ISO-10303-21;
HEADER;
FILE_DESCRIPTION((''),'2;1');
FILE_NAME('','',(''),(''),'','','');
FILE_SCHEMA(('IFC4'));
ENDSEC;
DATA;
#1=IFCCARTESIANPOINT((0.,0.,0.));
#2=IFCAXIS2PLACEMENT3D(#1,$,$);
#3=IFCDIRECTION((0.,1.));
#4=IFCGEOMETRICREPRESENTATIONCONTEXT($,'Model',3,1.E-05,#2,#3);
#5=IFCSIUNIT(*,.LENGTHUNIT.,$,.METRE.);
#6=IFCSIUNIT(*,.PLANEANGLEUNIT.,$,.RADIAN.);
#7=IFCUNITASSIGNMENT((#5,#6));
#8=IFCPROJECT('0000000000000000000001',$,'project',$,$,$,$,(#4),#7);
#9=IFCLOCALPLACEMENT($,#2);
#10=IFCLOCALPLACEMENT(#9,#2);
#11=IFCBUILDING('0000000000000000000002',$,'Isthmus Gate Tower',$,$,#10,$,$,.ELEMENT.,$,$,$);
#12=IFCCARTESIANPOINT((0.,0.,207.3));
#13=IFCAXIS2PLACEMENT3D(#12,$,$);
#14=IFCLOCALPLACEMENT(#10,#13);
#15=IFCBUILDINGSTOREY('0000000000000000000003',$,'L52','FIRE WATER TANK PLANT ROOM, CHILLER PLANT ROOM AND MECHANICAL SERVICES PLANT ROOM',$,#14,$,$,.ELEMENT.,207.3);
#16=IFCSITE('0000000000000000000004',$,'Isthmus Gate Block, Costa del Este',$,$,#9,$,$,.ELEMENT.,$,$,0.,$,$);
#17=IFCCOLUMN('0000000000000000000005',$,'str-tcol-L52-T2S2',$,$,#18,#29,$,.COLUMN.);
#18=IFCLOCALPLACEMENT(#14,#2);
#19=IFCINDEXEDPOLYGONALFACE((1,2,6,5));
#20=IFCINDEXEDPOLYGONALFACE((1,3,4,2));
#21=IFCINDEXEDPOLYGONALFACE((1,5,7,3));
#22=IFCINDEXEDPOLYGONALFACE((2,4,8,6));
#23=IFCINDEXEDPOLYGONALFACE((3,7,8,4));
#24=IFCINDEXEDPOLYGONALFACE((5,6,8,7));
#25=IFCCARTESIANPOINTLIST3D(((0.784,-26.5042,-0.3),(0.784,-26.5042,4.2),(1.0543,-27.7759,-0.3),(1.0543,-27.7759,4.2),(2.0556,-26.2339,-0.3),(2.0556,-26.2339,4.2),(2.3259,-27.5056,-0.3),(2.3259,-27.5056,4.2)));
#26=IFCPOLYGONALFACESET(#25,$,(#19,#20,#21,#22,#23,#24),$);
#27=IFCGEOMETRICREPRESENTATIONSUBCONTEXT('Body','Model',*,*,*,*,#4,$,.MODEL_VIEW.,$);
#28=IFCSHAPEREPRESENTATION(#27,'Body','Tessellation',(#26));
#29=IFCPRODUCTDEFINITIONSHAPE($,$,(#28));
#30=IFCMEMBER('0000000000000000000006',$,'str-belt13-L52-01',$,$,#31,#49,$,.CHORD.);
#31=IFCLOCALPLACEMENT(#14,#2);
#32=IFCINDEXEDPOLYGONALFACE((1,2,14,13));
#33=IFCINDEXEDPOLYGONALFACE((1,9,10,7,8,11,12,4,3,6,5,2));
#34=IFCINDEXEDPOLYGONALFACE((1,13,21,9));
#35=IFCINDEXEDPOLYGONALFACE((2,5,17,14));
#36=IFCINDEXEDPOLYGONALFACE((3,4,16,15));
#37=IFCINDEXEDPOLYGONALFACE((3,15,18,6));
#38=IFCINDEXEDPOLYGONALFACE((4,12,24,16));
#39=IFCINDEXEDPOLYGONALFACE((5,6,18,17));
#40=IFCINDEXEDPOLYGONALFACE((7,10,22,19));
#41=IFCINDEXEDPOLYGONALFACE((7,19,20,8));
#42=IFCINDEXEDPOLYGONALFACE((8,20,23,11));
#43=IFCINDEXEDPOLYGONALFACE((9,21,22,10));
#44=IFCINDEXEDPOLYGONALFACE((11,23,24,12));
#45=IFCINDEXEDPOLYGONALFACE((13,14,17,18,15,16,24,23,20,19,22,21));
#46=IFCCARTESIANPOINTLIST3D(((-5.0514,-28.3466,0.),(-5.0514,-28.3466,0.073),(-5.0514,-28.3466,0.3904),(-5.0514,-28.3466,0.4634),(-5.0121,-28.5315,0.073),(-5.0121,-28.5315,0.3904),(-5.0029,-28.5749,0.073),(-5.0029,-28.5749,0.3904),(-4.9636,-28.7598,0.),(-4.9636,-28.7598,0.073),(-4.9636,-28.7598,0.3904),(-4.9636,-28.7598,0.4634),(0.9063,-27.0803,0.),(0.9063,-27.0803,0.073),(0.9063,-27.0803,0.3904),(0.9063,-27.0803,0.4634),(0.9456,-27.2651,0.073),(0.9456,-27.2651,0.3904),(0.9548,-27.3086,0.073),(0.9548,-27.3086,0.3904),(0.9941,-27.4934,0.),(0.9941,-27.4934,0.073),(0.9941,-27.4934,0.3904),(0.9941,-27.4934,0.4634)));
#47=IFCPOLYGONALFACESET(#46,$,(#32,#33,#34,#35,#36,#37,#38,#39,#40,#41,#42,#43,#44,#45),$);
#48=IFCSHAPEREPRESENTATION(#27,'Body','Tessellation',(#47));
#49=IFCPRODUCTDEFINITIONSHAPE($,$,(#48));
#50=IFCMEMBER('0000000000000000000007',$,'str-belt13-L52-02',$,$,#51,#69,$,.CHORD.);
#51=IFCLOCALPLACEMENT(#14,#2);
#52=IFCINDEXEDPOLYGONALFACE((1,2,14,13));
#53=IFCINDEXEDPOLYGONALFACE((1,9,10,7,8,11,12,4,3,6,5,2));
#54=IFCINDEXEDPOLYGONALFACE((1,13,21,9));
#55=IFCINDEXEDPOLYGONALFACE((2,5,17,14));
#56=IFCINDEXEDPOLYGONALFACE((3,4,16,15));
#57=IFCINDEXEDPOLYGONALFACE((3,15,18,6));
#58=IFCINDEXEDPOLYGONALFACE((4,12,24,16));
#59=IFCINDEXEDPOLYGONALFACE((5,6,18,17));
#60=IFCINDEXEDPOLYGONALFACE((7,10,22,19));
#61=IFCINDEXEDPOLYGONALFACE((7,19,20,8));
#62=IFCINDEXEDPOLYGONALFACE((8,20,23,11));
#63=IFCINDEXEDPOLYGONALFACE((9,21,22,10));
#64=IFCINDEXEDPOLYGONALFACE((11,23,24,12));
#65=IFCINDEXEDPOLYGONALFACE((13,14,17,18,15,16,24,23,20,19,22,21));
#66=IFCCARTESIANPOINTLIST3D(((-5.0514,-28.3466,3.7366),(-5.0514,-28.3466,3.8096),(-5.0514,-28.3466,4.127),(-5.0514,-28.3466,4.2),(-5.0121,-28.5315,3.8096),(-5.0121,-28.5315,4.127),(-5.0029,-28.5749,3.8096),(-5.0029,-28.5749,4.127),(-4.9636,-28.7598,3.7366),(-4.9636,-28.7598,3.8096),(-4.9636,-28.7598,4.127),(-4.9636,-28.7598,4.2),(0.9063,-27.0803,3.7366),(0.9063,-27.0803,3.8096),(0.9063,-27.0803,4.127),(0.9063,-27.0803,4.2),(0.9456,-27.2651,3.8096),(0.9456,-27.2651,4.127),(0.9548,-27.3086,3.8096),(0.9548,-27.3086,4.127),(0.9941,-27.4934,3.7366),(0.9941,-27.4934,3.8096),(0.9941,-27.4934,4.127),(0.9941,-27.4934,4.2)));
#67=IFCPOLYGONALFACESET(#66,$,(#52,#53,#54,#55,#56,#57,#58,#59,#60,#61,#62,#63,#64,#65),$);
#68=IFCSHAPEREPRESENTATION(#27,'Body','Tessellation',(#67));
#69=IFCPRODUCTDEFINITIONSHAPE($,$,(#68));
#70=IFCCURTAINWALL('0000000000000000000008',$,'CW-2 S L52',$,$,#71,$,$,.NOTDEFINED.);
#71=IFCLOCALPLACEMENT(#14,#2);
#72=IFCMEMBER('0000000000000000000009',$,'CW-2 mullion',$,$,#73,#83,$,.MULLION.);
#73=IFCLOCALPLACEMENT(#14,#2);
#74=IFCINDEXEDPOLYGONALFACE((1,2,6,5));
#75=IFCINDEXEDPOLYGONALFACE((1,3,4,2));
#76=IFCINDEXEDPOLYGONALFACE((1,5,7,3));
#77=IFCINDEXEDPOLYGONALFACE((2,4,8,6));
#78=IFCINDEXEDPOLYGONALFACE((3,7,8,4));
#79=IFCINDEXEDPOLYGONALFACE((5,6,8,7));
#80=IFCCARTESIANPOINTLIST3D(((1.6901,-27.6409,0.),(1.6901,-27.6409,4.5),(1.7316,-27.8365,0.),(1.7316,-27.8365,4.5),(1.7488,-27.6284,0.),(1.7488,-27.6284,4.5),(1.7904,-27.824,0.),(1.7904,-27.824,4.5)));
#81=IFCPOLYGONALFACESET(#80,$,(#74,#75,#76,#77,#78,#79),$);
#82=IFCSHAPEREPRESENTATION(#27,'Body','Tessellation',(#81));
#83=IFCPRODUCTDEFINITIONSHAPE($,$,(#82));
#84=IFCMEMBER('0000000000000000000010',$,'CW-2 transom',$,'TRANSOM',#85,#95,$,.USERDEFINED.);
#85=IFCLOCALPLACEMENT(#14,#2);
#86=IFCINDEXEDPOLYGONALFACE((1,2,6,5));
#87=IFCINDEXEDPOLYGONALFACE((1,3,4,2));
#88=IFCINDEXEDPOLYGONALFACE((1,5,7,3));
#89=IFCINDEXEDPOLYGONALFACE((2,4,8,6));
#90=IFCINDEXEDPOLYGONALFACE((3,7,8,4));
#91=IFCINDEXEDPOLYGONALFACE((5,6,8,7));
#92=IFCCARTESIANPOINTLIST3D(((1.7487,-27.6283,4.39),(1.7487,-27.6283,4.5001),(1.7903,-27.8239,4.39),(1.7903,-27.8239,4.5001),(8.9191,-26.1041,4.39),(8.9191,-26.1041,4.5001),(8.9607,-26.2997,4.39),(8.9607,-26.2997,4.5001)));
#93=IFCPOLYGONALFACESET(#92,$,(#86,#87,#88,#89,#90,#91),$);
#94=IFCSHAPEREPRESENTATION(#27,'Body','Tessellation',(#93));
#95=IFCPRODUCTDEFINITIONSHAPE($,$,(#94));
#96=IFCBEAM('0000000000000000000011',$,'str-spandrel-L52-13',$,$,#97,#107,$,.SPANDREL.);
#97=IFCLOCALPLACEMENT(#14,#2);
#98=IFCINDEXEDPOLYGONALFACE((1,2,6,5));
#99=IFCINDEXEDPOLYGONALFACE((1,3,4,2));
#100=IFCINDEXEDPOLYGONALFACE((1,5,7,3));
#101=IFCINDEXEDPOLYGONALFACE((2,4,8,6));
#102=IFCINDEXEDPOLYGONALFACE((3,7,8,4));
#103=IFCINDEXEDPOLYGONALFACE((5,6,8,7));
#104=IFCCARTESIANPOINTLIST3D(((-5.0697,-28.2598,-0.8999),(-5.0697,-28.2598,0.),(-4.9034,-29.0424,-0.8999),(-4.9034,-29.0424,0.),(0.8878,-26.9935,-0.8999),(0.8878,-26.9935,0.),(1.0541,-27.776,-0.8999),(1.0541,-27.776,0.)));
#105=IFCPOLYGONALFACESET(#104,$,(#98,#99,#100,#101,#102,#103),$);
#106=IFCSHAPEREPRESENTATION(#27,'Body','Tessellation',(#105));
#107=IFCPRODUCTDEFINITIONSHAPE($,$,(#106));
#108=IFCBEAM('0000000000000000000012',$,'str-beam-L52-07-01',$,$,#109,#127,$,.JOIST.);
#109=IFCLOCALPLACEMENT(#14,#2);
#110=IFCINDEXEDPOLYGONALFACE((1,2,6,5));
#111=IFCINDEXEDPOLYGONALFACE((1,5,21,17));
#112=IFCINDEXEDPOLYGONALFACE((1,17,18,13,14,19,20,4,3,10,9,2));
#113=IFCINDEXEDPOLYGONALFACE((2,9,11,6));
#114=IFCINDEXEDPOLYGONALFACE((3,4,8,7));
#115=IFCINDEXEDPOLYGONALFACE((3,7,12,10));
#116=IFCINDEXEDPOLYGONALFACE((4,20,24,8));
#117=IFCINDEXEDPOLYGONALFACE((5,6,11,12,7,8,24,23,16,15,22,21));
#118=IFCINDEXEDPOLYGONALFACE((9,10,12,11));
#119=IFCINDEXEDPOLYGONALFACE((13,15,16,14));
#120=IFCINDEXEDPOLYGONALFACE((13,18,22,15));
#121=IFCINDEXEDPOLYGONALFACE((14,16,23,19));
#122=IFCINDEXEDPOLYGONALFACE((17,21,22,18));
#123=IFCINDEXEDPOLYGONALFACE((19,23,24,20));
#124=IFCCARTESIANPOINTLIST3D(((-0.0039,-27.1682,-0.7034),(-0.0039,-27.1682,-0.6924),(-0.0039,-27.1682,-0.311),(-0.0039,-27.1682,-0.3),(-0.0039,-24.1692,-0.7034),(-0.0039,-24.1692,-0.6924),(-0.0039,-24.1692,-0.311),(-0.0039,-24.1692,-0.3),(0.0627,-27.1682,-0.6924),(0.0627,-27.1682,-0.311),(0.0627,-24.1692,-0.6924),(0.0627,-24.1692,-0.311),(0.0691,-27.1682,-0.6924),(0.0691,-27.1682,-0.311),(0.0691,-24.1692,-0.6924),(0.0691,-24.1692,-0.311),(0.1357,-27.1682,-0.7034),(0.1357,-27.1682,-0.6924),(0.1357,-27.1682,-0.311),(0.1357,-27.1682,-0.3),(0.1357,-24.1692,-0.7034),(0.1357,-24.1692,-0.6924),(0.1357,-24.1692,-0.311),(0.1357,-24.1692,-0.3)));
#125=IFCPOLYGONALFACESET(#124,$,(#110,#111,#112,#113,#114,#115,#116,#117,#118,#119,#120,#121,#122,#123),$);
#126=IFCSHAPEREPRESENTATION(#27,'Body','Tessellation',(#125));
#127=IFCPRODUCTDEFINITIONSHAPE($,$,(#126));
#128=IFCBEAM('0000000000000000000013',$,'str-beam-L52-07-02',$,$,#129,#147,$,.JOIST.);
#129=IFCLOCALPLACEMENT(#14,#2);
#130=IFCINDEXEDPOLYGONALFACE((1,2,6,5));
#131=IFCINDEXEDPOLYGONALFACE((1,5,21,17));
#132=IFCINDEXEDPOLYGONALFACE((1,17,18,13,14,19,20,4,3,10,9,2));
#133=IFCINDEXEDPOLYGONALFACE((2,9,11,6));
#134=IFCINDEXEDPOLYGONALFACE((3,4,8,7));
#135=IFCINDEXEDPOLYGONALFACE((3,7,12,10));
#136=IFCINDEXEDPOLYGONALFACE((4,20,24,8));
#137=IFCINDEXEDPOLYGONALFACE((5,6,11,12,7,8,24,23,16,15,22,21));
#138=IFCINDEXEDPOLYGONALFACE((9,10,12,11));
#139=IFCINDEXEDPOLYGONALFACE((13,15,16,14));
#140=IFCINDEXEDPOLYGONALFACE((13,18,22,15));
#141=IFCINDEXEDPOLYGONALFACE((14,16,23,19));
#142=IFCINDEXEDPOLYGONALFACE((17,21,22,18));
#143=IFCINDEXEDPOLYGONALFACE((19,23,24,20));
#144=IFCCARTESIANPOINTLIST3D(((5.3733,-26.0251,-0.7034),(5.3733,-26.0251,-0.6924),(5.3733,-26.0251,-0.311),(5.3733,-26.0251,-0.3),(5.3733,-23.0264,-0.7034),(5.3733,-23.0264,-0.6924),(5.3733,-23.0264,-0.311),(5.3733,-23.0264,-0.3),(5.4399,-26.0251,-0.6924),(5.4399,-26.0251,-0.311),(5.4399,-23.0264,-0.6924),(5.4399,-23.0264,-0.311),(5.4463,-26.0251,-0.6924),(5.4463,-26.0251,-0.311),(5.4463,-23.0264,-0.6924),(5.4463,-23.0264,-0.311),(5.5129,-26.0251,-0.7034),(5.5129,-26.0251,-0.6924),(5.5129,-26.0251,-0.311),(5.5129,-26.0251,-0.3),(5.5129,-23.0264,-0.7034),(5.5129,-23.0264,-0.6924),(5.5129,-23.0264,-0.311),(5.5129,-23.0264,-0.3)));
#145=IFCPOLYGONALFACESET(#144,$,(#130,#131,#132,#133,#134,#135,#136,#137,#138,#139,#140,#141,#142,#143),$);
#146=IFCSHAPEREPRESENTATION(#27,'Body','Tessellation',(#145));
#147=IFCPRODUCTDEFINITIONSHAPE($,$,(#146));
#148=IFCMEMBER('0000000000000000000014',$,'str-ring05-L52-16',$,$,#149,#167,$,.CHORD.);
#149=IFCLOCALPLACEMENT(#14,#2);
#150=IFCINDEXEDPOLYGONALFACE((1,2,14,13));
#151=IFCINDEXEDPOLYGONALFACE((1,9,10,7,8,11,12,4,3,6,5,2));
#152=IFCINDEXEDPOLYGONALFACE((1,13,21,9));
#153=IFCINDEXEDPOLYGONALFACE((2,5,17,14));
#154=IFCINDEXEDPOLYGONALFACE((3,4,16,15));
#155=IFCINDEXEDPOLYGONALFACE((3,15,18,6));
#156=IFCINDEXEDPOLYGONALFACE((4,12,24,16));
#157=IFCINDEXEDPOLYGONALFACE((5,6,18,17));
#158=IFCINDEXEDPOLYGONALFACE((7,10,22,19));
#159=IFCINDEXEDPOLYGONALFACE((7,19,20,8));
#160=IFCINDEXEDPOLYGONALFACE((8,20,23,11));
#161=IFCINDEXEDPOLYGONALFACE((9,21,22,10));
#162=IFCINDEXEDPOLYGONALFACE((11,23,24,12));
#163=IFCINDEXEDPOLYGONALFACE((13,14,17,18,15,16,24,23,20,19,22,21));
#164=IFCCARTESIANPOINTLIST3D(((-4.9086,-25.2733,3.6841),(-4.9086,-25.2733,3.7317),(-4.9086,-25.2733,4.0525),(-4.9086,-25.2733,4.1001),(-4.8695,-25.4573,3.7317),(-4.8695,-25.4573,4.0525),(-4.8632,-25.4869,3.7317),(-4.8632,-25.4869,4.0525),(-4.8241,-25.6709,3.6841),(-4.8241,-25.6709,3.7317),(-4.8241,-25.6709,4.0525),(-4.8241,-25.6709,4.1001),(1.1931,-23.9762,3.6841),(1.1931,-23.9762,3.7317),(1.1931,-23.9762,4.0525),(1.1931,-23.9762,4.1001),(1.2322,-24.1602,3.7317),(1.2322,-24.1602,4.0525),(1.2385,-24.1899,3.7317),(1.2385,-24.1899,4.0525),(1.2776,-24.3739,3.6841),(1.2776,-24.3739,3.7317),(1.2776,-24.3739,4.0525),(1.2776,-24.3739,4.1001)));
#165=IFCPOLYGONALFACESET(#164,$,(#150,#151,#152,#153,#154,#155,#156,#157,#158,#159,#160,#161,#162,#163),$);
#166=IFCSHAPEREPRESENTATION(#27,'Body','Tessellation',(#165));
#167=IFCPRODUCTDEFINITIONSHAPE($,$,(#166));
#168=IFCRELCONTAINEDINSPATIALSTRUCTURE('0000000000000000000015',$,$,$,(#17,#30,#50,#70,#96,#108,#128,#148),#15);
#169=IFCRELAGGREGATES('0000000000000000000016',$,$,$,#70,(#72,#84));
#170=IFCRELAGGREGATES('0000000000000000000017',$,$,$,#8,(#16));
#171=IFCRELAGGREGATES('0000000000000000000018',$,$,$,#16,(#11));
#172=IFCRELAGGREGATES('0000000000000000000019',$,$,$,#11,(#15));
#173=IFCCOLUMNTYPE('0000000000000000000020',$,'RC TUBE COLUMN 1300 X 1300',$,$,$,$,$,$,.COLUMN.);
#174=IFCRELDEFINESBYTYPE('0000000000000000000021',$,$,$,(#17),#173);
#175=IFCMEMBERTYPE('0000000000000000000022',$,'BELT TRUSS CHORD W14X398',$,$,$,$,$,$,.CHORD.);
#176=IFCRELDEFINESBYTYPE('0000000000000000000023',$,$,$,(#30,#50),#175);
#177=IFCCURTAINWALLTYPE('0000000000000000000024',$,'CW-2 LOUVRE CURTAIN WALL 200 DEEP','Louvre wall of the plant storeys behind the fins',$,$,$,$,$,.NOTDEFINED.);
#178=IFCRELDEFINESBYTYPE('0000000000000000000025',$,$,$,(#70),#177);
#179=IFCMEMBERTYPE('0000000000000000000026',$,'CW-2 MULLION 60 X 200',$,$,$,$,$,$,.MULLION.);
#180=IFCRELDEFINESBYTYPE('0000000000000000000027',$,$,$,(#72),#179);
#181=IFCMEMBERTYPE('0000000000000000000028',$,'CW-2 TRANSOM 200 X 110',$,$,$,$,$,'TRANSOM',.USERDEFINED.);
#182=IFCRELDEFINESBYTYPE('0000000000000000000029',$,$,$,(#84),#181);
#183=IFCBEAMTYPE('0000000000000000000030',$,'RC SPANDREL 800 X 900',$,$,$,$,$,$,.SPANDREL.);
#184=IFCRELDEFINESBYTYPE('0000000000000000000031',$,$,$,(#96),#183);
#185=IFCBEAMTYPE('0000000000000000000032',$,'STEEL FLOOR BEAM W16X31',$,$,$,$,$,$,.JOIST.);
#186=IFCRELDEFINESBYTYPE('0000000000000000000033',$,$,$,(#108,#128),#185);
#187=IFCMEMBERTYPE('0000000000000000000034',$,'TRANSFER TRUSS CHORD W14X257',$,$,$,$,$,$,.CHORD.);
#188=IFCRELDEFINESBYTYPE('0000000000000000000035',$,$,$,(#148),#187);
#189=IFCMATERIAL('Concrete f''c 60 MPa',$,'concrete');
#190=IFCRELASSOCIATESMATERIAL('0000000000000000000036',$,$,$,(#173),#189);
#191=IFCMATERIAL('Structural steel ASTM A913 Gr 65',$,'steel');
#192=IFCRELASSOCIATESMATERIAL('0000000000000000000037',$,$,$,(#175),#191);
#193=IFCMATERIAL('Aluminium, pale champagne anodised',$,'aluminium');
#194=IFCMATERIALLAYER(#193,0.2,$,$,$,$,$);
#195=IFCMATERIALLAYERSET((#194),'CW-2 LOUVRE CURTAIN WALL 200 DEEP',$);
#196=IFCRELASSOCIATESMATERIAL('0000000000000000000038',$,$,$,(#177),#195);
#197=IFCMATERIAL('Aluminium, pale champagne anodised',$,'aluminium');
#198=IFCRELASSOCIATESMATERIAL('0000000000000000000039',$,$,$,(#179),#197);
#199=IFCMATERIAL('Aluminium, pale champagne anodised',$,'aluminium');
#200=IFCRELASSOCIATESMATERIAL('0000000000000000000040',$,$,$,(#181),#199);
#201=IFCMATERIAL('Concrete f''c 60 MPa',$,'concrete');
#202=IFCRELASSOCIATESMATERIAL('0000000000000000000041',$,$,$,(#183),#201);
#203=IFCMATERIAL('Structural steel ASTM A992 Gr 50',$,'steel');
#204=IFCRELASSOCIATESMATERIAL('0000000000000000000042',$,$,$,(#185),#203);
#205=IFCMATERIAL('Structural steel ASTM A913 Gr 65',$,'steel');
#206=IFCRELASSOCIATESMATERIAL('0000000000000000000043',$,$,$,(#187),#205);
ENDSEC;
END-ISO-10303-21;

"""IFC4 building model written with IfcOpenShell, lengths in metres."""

from ifc_helpers import new_model, si_unit, direction, frame, origin, origin_2d, place, context, subcontext, project, spatial, rectangle, i_section, extrude, material, layer, layer_set, material_profile, profile_set, type_object, element, aggregate, save


model = new_model("IFC4")

# Units and contexts
model_context = context("Model", 3, precision=1e-05, world=origin(), true_north=direction((0.0, 1.0)))
body_context = subcontext(model_context, "Body", "Model", "MODEL_VIEW")
ifc_project = project(units=[si_unit("LENGTHUNIT", "METRE"), si_unit("PLANEANGLEUNIT", "RADIAN")], contexts=[model_context])

# Site, building, storey
site_placement = place(None, origin())
site = spatial("IfcSite", under=ifc_project, at=site_placement, Name="Isthmus Gate Block, Costa del Este", CompositionType="ELEMENT", RefElevation=0.0)
building_placement = place(site_placement, origin())
building = spatial("IfcBuilding", under=site, at=building_placement, Name="Isthmus Gate Tower", CompositionType="ELEMENT")
storey_placement = place(building_placement, frame((0.0, 0.0, 207.3)))
storey = spatial("IfcBuildingStorey", under=building, at=storey_placement, Name="L52", Description="FIRE WATER TANK PLANT ROOM, CHILLER PLANT ROOM AND MECHANICAL SERVICES PLANT ROOM", CompositionType="ELEMENT", Elevation=207.3)

# Column
ifc_material_1 = material(Name="Concrete f'c 60 MPa", Category="concrete")
ifc_material_profile_1 = material_profile(ifc_material_1, rectangle(XDim=1.3, YDim=1.3, at=origin_2d()), Name="RC 1300X1300")
ifc_profile_set_1 = profile_set([ifc_material_profile_1], Name="Concrete f'c 60 MPa")
column_type = type_object("IfcColumnType", Name="RC TUBE COLUMN 1300 X 1300", PredefinedType="COLUMN", material=ifc_profile_set_1)
column_placement = place(storey_placement, frame((1.5549, -27.0049, -0.3), z_axis=(0.0, 0.0, 1.0), x_axis=(0.978148, 0.207912, 0.0)))
element("IfcColumn", 1, at=column_placement, inside=storey, type_object=column_type, Name="str-tcol-L52-T2S2", PredefinedType="COLUMN", context=body_context, shape_type="SweptSolid", body=[
    extrude(rectangle(XDim=1.3, YDim=1.3, at=origin_2d()), origin(), (0.0, 0.0, 1.0), 4.5),
])

# Members
ifc_material_2 = material(Name="Structural steel ASTM A913 Gr 65", Category="steel")
ifc_material_profile_2 = material_profile(ifc_material_2, i_section(OverallWidth=0.4224, OverallDepth=0.4634, WebThickness=0.0444, FlangeThickness=0.073, at=origin_2d()), Name="W14X398")
ifc_profile_set_2 = profile_set([ifc_material_profile_2], Name="Structural steel ASTM A913 Gr 65")
member_type_1 = type_object("IfcMemberType", Name="BELT TRUSS CHORD W14X398", PredefinedType="CHORD", material=ifc_profile_set_2)
for number, where, z_axis, x_axis, name in (
    (2, (0.9502, -27.2869, 0.2317), (-0.978148, -0.207911, 0.0), (0.207911, -0.978148, 0.0), "str-belt13-L52-01"),
    (3, (0.9502, -27.2869, 3.9683), (-0.978148, -0.207911, 0.0), (0.207911, -0.978148, 0.0), "str-belt13-L52-02"),
):
    element("IfcMember", number, at=place(storey_placement, frame(where, z_axis=z_axis, x_axis=x_axis)), inside=storey, type_object=member_type_1, Name=name, PredefinedType="CHORD", context=body_context, shape_type="SweptSolid", body=[
        extrude(i_section(OverallWidth=0.4224, OverallDepth=0.4634, WebThickness=0.0444, FlangeThickness=0.073, at=origin_2d()), origin(), (0.0, 0.0, 1.0), 6.0908),
    ])

# Curtain wall, members
ifc_material_3 = material(Name="Aluminium, pale champagne anodised", Category="aluminium")
ifc_layer_1 = layer(ifc_material_3, 0.2)
ifc_layer_set_1 = layer_set([ifc_layer_1], Name="CW-2 LOUVRE CURTAIN WALL 200 DEEP")
curtain_wall_type = type_object("IfcCurtainWallType", Name="CW-2 LOUVRE CURTAIN WALL 200 DEEP", Description="Louvre wall of the plant storeys behind the fins", PredefinedType="NOTDEFINED", material=ifc_layer_set_1)
curtain_wall_placement = place(storey_placement, origin())
curtain_wall = element("IfcCurtainWall", 4, at=curtain_wall_placement, inside=storey, type_object=curtain_wall_type, Name="CW-2 S L52", PredefinedType="NOTDEFINED")
ifc_material_4 = material(Name="Aluminium, pale champagne anodised", Category="aluminium")
ifc_material_profile_3 = material_profile(ifc_material_4, rectangle(XDim=0.0601, YDim=0.2, at=origin_2d()), Name="60x200")
ifc_profile_set_3 = profile_set([ifc_material_profile_3], Name="Aluminium, pale champagne anodised")
member_type_2 = type_object("IfcMemberType", Name="CW-2 MULLION 60 X 200", PredefinedType="MULLION", material=ifc_profile_set_3)
member_1_placement = place(storey_placement, frame((1.7402, -27.7324, 0.0), z_axis=(0.0, 0.0, 1.0), x_axis=(0.978148, 0.207912, 0.0)))
member_1 = element("IfcMember", 5, at=member_1_placement, type_object=member_type_2, Name="CW-2 mullion", PredefinedType="MULLION", context=body_context, shape_type="SweptSolid", body=[
    extrude(rectangle(XDim=0.0601, YDim=0.2, at=origin_2d()), origin(), (0.0, 0.0, 1.0), 4.5),
])
ifc_material_5 = material(Name="Aluminium, pale champagne anodised", Category="aluminium")
ifc_material_profile_4 = material_profile(ifc_material_5, rectangle(XDim=0.2, YDim=0.1101, at=origin_2d()), Name="200x110")
ifc_profile_set_4 = profile_set([ifc_material_profile_4], Name="Aluminium, pale champagne anodised")
member_type_3 = type_object("IfcMemberType", Name="CW-2 TRANSOM 200 X 110", ElementType="TRANSOM", PredefinedType="USERDEFINED", material=ifc_profile_set_4)
member_2_placement = place(storey_placement, frame((1.7695, -27.7261, 4.4451), z_axis=(0.978146, 0.207919, 0.0), x_axis=(-0.207919, 0.978146, 0.0)))
member_2 = element("IfcMember", 6, at=member_2_placement, type_object=member_type_3, Name="CW-2 transom", ObjectType="TRANSOM", PredefinedType="USERDEFINED", context=body_context, shape_type="SweptSolid", body=[
    extrude(rectangle(XDim=0.2, YDim=0.1101, at=origin_2d()), origin(), (0.0, 0.0, 1.0), 7.3306),
])

# Beams
ifc_material_6 = material(Name="Concrete f'c 60 MPa", Category="concrete")
ifc_material_profile_5 = material_profile(ifc_material_6, rectangle(XDim=0.8, YDim=0.8999, at=origin_2d()), Name="RC 800X900")
ifc_profile_set_5 = profile_set([ifc_material_profile_5], Name="Concrete f'c 60 MPa")
beam_type_1 = type_object("IfcBeamType", Name="RC SPANDREL 800 X 900", PredefinedType="SPANDREL", material=ifc_profile_set_5)
beam_1_placement = place(storey_placement, frame((0.9709, -27.3848, -0.45), z_axis=(-0.978146, -0.207919, 0.0), x_axis=(0.207919, -0.978146, 0.0)))
element("IfcBeam", 7, at=beam_1_placement, inside=storey, type_object=beam_type_1, Name="str-spandrel-L52-13", PredefinedType="SPANDREL", context=body_context, shape_type="SweptSolid", body=[
    extrude(rectangle(XDim=0.8, YDim=0.8999, at=origin_2d()), origin(), (0.0, 0.0, 1.0), 6.0906),
])
ifc_material_7 = material(Name="Structural steel ASTM A992 Gr 50", Category="steel")
ifc_material_profile_6 = material_profile(ifc_material_7, i_section(OverallWidth=0.1396, OverallDepth=0.4033, WebThickness=0.0063, FlangeThickness=0.011, at=origin_2d()), Name="W16X31")
ifc_profile_set_6 = profile_set([ifc_material_profile_6], Name="Structural steel ASTM A992 Gr 50")
beam_type_2 = type_object("IfcBeamType", Name="STEEL FLOOR BEAM W16X31", PredefinedType="JOIST", material=ifc_profile_set_6)
beam_2_placement = place(storey_placement, frame((0.0659, -27.1682, -0.5017), z_axis=(0.0, 1.0, 0.0), x_axis=(-1.0, 0.0, 0.0)))
element("IfcBeam", 8, at=beam_2_placement, inside=storey, type_object=beam_type_2, Name="str-beam-L52-07-01", PredefinedType="JOIST", context=body_context, shape_type="SweptSolid", body=[
    extrude(i_section(OverallWidth=0.1396, OverallDepth=0.4033, WebThickness=0.0063, FlangeThickness=0.011, at=origin_2d()), origin(), (0.0, 0.0, 1.0), 2.999),
])
beam_3_placement = place(storey_placement, frame((5.4431, -26.0251, -0.5017), z_axis=(0.0, 1.0, 0.0), x_axis=(-1.0, 0.0, 0.0)))
element("IfcBeam", 9, at=beam_3_placement, inside=storey, type_object=beam_type_2, Name="str-beam-L52-07-02", PredefinedType="JOIST", context=body_context, shape_type="SweptSolid", body=[
    extrude(i_section(OverallWidth=0.1396, OverallDepth=0.4033, WebThickness=0.0063, FlangeThickness=0.011, at=origin_2d()), origin(), (0.0, 0.0, 1.0), 2.9988),
])

# Member
ifc_material_8 = material(Name="Structural steel ASTM A913 Gr 65", Category="steel")
ifc_material_profile_7 = material_profile(ifc_material_8, i_section(OverallWidth=0.4065, OverallDepth=0.416, WebThickness=0.0303, FlangeThickness=0.0476, at=origin_2d()), Name="W14X257")
ifc_profile_set_7 = profile_set([ifc_material_profile_7], Name="Structural steel ASTM A913 Gr 65")
member_type_4 = type_object("IfcMemberType", Name="TRANSFER TRUSS CHORD W14X257", PredefinedType="CHORD", material=ifc_profile_set_7)
member_3_placement = place(storey_placement, frame((1.2354, -24.175, 3.8921), z_axis=(-0.978143, -0.207933, 0.0), x_axis=(0.207933, -0.978143, 0.0)))
element("IfcMember", 10, at=member_3_placement, inside=storey, type_object=member_type_4, Name="str-ring05-L52-16", PredefinedType="CHORD", context=body_context, shape_type="SweptSolid", body=[
    extrude(i_section(OverallWidth=0.4065, OverallDepth=0.416, WebThickness=0.0303, FlangeThickness=0.0476, at=origin_2d()), origin(), (0.0, 0.0, 1.0), 6.238),
])

aggregate(curtain_wall, [member_1, member_2])

save(model, "model.ifc")
